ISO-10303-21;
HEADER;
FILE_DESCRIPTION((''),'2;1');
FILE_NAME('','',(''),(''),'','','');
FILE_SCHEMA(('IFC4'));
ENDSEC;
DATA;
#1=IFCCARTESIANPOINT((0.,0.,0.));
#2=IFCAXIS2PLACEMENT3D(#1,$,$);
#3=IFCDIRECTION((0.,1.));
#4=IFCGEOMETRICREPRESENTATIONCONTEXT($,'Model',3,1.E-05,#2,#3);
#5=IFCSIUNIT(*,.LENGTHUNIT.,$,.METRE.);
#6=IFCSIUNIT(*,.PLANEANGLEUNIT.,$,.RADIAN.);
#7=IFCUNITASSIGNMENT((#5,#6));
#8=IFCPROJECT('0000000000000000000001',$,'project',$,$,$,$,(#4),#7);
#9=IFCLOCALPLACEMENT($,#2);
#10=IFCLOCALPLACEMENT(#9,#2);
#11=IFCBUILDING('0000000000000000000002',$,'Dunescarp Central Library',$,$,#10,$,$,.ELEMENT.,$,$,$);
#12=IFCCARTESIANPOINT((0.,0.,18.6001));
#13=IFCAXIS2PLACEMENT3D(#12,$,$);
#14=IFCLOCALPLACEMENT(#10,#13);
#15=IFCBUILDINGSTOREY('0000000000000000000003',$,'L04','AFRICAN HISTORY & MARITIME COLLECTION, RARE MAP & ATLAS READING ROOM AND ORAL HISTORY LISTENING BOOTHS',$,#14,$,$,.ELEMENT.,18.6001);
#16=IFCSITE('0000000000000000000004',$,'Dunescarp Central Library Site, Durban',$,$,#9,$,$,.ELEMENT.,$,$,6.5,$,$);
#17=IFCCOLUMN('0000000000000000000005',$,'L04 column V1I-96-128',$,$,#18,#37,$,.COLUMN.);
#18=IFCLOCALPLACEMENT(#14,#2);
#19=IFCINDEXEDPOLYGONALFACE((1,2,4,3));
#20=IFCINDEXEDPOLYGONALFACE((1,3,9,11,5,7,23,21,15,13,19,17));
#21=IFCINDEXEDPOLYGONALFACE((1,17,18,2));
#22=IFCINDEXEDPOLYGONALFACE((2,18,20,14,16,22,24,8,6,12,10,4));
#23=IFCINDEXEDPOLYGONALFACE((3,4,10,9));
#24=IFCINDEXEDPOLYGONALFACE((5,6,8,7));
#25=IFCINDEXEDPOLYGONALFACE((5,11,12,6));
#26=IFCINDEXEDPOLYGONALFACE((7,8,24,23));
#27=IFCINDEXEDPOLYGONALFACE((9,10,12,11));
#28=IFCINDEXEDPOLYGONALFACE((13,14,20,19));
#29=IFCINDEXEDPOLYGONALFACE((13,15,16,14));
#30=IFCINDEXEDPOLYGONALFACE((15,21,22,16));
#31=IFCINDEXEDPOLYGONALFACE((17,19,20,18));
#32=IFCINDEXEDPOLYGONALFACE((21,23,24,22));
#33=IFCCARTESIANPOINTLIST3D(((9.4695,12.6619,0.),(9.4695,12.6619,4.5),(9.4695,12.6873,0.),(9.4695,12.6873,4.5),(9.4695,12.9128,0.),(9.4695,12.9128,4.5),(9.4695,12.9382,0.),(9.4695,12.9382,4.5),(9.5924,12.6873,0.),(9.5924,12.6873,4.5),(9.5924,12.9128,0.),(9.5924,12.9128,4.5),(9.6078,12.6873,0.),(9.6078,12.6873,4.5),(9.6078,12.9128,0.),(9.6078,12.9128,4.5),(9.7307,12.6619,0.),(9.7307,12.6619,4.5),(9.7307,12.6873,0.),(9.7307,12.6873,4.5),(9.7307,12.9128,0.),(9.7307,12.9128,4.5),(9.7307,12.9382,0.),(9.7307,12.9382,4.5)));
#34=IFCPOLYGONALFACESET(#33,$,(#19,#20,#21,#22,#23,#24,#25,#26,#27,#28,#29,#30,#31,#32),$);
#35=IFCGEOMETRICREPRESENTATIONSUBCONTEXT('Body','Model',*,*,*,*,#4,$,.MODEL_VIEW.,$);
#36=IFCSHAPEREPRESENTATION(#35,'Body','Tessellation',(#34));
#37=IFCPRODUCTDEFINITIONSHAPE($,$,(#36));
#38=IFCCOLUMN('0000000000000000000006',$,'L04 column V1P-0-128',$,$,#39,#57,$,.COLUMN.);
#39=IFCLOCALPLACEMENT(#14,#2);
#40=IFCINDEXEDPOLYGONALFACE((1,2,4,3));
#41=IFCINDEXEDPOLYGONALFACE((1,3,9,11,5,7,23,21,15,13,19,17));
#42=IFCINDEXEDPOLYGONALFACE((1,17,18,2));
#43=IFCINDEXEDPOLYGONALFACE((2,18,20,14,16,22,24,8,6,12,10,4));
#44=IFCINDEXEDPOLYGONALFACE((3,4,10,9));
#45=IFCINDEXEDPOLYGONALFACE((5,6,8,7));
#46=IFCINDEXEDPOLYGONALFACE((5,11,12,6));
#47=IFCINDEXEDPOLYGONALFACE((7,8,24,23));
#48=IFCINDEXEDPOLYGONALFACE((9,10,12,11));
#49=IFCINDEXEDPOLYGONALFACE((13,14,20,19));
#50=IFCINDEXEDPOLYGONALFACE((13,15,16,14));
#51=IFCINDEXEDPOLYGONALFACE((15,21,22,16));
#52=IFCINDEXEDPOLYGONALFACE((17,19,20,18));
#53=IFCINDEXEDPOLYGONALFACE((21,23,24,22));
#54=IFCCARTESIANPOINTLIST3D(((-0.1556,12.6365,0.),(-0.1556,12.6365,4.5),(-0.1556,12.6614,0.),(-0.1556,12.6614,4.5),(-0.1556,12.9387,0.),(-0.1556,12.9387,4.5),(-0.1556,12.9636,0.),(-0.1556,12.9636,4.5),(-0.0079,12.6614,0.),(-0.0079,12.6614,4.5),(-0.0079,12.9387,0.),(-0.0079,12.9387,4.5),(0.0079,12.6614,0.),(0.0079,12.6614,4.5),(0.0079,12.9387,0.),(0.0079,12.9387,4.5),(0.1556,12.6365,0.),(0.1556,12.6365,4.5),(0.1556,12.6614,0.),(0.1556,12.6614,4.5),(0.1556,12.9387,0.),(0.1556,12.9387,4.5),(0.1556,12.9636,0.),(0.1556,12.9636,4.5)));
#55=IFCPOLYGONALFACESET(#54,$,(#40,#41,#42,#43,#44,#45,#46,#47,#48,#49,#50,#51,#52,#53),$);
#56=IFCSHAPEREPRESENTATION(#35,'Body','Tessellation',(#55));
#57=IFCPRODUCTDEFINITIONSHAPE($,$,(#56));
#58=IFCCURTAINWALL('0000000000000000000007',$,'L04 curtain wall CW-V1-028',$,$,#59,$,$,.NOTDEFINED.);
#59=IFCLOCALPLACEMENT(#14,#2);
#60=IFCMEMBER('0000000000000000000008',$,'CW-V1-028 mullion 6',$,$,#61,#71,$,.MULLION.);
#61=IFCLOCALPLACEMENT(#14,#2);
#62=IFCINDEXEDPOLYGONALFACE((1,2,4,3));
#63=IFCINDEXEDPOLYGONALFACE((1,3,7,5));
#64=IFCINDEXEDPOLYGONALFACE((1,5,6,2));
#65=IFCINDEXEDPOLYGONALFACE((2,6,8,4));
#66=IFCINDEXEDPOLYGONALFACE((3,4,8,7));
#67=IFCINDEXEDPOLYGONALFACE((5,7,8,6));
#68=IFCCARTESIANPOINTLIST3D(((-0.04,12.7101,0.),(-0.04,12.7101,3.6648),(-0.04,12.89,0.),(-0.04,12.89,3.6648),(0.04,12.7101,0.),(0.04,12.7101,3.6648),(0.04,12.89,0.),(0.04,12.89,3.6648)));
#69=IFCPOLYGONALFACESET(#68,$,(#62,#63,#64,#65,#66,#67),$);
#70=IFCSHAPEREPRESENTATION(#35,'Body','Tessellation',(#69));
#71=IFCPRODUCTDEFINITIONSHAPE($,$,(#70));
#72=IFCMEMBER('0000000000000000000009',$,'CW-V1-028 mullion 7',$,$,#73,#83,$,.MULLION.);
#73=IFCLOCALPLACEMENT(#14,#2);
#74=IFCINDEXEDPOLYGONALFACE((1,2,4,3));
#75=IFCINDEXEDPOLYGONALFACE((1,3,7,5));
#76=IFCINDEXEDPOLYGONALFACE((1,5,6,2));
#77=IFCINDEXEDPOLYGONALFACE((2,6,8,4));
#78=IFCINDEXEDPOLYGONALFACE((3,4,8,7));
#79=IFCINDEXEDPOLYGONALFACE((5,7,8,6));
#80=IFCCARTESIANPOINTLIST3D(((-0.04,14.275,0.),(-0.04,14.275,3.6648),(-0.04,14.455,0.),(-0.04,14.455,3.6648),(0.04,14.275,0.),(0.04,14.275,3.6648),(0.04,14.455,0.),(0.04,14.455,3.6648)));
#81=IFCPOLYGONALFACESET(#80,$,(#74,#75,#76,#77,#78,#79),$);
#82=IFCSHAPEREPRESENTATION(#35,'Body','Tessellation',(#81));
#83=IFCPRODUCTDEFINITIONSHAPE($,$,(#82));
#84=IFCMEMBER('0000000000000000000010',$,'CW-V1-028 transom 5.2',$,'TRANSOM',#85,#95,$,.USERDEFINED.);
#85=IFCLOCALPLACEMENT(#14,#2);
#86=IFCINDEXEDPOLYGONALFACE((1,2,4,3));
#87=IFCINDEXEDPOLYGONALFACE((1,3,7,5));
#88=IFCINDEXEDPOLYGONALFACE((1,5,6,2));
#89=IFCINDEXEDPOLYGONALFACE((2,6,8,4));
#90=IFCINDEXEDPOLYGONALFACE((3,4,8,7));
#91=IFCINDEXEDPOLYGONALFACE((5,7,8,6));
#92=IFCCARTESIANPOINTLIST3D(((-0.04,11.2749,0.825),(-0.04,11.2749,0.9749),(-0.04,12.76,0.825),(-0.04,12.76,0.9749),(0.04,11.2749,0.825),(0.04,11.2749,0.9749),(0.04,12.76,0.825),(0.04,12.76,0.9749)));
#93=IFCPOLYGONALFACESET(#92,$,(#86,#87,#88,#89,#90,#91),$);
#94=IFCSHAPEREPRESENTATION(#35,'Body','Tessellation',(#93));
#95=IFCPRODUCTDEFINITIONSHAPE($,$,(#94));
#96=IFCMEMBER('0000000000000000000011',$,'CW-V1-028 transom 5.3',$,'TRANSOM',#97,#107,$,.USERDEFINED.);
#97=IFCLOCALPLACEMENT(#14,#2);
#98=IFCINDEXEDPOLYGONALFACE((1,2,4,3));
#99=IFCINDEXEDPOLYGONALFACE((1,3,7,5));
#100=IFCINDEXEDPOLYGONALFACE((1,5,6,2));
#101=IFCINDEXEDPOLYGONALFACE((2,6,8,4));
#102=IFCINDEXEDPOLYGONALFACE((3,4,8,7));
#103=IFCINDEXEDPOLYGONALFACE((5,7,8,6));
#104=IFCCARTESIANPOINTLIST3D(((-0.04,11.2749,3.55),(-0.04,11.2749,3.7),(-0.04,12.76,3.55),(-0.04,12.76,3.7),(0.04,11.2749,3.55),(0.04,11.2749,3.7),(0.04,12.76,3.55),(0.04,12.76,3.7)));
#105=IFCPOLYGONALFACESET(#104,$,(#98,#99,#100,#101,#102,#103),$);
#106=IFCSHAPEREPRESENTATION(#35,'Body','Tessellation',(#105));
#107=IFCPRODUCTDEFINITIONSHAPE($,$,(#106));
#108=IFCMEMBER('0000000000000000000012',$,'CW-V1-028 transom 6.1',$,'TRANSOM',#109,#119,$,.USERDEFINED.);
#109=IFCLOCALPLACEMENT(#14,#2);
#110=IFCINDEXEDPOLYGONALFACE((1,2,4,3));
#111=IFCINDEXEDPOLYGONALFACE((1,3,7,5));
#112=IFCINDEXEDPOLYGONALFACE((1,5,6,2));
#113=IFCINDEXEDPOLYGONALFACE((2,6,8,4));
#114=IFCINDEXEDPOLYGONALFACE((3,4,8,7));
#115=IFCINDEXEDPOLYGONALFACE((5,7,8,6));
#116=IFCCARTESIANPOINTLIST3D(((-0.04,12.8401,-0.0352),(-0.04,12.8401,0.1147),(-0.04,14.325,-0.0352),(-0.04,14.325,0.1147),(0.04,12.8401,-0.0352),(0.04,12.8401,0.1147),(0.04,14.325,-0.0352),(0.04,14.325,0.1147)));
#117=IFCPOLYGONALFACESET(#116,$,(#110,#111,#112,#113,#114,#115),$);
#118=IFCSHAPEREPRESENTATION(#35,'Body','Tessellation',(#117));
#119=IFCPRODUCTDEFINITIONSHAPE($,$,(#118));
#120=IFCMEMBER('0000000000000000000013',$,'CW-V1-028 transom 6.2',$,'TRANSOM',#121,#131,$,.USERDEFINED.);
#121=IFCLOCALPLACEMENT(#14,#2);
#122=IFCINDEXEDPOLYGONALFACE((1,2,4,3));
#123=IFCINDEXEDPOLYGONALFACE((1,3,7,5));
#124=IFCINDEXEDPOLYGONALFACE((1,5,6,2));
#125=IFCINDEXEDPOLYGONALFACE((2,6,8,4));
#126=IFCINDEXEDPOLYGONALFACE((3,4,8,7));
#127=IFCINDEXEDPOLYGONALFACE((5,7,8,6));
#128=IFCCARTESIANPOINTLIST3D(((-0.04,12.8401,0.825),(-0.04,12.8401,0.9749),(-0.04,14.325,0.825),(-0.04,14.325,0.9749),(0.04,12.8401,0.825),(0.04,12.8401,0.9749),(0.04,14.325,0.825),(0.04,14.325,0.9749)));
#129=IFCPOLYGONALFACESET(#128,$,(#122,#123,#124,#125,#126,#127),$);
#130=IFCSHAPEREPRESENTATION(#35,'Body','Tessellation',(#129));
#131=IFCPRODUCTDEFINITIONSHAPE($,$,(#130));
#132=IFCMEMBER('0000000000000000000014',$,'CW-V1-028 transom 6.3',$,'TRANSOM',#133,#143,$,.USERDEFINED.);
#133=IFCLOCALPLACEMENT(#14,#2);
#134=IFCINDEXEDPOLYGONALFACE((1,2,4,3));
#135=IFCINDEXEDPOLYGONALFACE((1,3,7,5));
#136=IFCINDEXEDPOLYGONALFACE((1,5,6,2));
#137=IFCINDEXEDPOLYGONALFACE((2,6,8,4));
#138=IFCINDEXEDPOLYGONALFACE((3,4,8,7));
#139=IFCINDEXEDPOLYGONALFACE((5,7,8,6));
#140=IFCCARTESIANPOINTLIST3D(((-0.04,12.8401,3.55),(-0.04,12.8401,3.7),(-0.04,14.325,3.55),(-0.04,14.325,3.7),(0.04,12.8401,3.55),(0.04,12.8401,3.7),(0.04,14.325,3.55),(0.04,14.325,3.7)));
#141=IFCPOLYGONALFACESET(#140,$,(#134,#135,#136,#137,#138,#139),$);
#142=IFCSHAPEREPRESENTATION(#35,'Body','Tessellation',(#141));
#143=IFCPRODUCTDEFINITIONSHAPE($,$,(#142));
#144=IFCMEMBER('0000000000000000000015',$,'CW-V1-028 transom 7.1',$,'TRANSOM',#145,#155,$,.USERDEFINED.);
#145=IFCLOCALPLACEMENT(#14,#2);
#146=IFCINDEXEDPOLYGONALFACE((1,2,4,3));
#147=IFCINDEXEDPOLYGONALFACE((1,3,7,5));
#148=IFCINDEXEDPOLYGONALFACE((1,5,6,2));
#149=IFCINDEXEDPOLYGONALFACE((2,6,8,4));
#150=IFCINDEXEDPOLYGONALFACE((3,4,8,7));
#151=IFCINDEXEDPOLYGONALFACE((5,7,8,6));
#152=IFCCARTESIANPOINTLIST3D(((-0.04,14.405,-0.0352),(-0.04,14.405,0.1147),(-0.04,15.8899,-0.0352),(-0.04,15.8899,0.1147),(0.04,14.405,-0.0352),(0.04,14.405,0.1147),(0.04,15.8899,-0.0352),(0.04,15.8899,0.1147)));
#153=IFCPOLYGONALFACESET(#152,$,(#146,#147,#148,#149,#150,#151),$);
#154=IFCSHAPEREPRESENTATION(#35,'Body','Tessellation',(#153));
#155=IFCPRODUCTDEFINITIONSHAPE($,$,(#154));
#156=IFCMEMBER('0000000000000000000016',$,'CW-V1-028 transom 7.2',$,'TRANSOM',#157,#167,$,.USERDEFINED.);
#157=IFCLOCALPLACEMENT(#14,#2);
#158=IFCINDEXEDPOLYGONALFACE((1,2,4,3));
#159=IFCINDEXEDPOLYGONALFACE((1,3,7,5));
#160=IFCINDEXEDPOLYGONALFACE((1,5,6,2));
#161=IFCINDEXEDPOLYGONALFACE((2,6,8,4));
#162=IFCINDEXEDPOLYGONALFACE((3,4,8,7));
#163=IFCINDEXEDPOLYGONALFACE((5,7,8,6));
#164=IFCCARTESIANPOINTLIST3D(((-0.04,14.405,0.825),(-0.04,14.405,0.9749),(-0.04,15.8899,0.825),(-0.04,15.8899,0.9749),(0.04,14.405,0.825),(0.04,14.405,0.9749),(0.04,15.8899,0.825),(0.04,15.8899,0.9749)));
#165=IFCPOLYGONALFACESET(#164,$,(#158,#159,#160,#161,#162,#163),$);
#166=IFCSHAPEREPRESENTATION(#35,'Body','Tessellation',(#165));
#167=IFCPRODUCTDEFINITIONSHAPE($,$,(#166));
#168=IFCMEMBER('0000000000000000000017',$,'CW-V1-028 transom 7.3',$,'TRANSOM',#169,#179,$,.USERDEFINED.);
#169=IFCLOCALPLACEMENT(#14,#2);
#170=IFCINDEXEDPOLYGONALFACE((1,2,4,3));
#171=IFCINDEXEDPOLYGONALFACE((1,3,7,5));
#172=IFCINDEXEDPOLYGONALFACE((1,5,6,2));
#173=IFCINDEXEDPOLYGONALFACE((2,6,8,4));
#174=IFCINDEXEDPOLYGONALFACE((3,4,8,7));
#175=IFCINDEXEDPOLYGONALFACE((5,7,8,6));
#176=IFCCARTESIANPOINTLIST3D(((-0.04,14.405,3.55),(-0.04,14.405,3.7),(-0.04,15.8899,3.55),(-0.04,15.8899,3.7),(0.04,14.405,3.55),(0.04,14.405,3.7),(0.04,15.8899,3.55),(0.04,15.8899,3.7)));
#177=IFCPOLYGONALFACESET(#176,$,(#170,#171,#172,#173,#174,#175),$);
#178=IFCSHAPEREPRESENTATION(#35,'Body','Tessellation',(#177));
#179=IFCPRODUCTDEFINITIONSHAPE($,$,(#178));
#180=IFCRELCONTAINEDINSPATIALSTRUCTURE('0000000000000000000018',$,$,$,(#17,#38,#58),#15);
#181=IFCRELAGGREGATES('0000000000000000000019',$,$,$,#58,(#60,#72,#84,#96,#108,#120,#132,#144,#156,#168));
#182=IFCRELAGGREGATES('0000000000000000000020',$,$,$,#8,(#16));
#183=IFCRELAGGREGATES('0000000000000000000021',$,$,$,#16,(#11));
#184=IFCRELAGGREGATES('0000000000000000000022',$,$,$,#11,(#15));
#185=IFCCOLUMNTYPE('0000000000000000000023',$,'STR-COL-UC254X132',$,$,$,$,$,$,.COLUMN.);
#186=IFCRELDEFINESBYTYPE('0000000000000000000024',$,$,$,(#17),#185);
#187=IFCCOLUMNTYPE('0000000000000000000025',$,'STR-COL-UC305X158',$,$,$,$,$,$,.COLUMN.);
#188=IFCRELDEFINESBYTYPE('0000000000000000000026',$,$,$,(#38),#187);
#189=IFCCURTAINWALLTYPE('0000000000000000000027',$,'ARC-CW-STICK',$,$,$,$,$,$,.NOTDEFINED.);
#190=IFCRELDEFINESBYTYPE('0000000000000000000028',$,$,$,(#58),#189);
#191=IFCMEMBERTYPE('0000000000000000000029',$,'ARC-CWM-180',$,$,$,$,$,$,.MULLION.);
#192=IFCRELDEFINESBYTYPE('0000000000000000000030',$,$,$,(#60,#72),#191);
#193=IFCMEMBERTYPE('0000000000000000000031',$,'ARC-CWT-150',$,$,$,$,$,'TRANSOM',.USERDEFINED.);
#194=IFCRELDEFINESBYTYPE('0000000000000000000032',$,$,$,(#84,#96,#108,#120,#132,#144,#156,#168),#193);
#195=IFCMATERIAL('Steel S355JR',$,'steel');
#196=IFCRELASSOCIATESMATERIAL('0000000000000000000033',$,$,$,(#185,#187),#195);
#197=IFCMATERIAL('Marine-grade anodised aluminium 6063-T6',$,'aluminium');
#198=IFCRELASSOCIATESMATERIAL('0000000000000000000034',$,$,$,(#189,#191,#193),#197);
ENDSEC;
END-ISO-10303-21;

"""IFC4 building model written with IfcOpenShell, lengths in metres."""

from ifc_helpers import new_model, si_unit, direction, frame, origin, origin_2d, place, context, subcontext, project, spatial, rectangle, i_section, extrude, material, material_profile, profile_set, type_object, element, aggregate, save


model = new_model("IFC4")

# Units and contexts
model_context = context("Model", 3, precision=1e-05, world=origin(), true_north=direction((0.0, 1.0)))
body_context = subcontext(model_context, "Body", "Model", "MODEL_VIEW")
ifc_project = project(units=[si_unit("LENGTHUNIT", "METRE"), si_unit("PLANEANGLEUNIT", "RADIAN")], contexts=[model_context])

# Site, building, storey
site_placement = place(None, origin())
site = spatial("IfcSite", under=ifc_project, at=site_placement, Name="Dunescarp Central Library Site, Durban", CompositionType="ELEMENT", RefElevation=6.5)
building_placement = place(site_placement, origin())
building = spatial("IfcBuilding", under=site, at=building_placement, Name="Dunescarp Central Library", CompositionType="ELEMENT")
storey_placement = place(building_placement, frame((0.0, 0.0, 18.6001)))
storey = spatial("IfcBuildingStorey", under=building, at=storey_placement, Name="L04", Description="AFRICAN HISTORY & MARITIME COLLECTION, RARE MAP & ATLAS READING ROOM AND ORAL HISTORY LISTENING BOOTHS", CompositionType="ELEMENT", Elevation=18.6001)

# Columns
ifc_material_1 = material(Name="Steel S355JR", Category="steel")
ifc_material_profile_1 = material_profile(ifc_material_1, i_section(OverallWidth=0.2612, OverallDepth=0.2764, WebThickness=0.0154, FlangeThickness=0.0254, at=origin_2d()), Name="UC 254x254x132")
ifc_profile_set_1 = profile_set([ifc_material_profile_1], Name="Steel S355JR")
column_type_1 = type_object("IfcColumnType", Name="STR-COL-UC254X132", PredefinedType="COLUMN", material=ifc_profile_set_1)
column_1_placement = place(storey_placement, frame((9.6001, 12.8, 0.0), z_axis=(0.0, 0.0, 1.0), x_axis=(1.0, 0.0, 0.0)))
element("IfcColumn", 1, at=column_1_placement, inside=storey, type_object=column_type_1, Name="L04 column V1I-96-128", PredefinedType="COLUMN", context=body_context, shape_type="SweptSolid", body=[
    extrude(i_section(OverallWidth=0.2612, OverallDepth=0.2764, WebThickness=0.0154, FlangeThickness=0.0254, at=origin_2d()), origin(), (0.0, 0.0, 1.0), 4.5),
])
ifc_material_profile_2 = material_profile(ifc_material_1, i_section(OverallWidth=0.3113, OverallDepth=0.3271, WebThickness=0.0159, FlangeThickness=0.0249, at=origin_2d()), Name="UC 305x305x158")
ifc_profile_set_2 = profile_set([ifc_material_profile_2], Name="Steel S355JR")
column_type_2 = type_object("IfcColumnType", Name="STR-COL-UC305X158", PredefinedType="COLUMN", material=ifc_profile_set_2)
column_2_placement = place(storey_placement, frame((0.0, 12.8, 0.0), z_axis=(0.0, 0.0, 1.0), x_axis=(1.0, 0.0, 0.0)))
element("IfcColumn", 2, at=column_2_placement, inside=storey, type_object=column_type_2, Name="L04 column V1P-0-128", PredefinedType="COLUMN", context=body_context, shape_type="SweptSolid", body=[
    extrude(i_section(OverallWidth=0.3113, OverallDepth=0.3271, WebThickness=0.0159, FlangeThickness=0.0249, at=origin_2d()), origin(), (0.0, 0.0, 1.0), 4.5),
])

# Curtain wall, members
ifc_material_2 = material(Name="Marine-grade anodised aluminium 6063-T6", Category="aluminium")
curtain_wall_type = type_object("IfcCurtainWallType", Name="ARC-CW-STICK", PredefinedType="NOTDEFINED", material=ifc_material_2)
curtain_wall_placement = place(storey_placement, origin())
curtain_wall = element("IfcCurtainWall", 3, at=curtain_wall_placement, inside=storey, type_object=curtain_wall_type, Name="L04 curtain wall CW-V1-028", PredefinedType="NOTDEFINED")
ifc_material_profile_3 = material_profile(ifc_material_2, rectangle(XDim=0.0801, YDim=0.1799, at=origin_2d()), Name="AL 80x180")
ifc_profile_set_3 = profile_set([ifc_material_profile_3], Name="Marine-grade anodised aluminium 6063-T6")
member_type_1 = type_object("IfcMemberType", Name="ARC-CWM-180", PredefinedType="MULLION", material=ifc_profile_set_3)
member_1_placement = place(storey_placement, frame((0.0, 12.8, 0.0), z_axis=(0.0, 0.0, 1.0), x_axis=(-1.0, 0.0, 0.0)))
member_1 = element("IfcMember", 4, at=member_1_placement, type_object=member_type_1, Name="CW-V1-028 mullion 6", PredefinedType="MULLION", context=body_context, shape_type="SweptSolid", body=[
    extrude(rectangle(XDim=0.0801, YDim=0.1799, at=origin_2d()), origin(), (0.0, 0.0, 1.0), 3.6648),
])
member_2_placement = place(storey_placement, frame((0.0, 14.365, 0.0), z_axis=(0.0, 0.0, 1.0), x_axis=(-1.0, 0.0, 0.0)))
member_2 = element("IfcMember", 5, at=member_2_placement, type_object=member_type_1, Name="CW-V1-028 mullion 7", PredefinedType="MULLION", context=body_context, shape_type="SweptSolid", body=[
    extrude(rectangle(XDim=0.0801, YDim=0.1799, at=origin_2d()), origin(), (0.0, 0.0, 1.0), 3.6648),
])
ifc_material_profile_4 = material_profile(ifc_material_2, rectangle(XDim=0.0801, YDim=0.1499, at=origin_2d()), Name="AL 80x150")
ifc_profile_set_4 = profile_set([ifc_material_profile_4], Name="Marine-grade anodised aluminium 6063-T6")
member_type_2 = type_object("IfcMemberType", Name="ARC-CWT-150", ElementType="TRANSOM", PredefinedType="USERDEFINED", material=ifc_profile_set_4)
member_3_placement = place(storey_placement, frame((0.0, 11.2749, 0.8999), z_axis=(0.0, 1.0, 0.0), x_axis=(-1.0, 0.0, 0.0)))
member_3 = element("IfcMember", 6, at=member_3_placement, type_object=member_type_2, Name="CW-V1-028 transom 5.2", ObjectType="TRANSOM", PredefinedType="USERDEFINED", context=body_context, shape_type="SweptSolid", body=[
    extrude(rectangle(XDim=0.0801, YDim=0.1499, at=origin_2d()), origin(), (0.0, 0.0, 1.0), 1.4851),
])
member_4_placement = place(storey_placement, frame((0.0, 11.2749, 3.625), z_axis=(0.0, 1.0, 0.0), x_axis=(-1.0, 0.0, 0.0)))
member_4 = element("IfcMember", 7, at=member_4_placement, type_object=member_type_2, Name="CW-V1-028 transom 5.3", ObjectType="TRANSOM", PredefinedType="USERDEFINED", context=body_context, shape_type="SweptSolid", body=[
    extrude(rectangle(XDim=0.0801, YDim=0.1499, at=origin_2d()), origin(), (0.0, 0.0, 1.0), 1.4851),
])
member_5_placement = place(storey_placement, frame((0.0, 12.8401, 0.0398), z_axis=(0.0, 1.0, 0.0), x_axis=(-1.0, 0.0, 0.0)))
member_5 = element("IfcMember", 8, at=member_5_placement, type_object=member_type_2, Name="CW-V1-028 transom 6.1", ObjectType="TRANSOM", PredefinedType="USERDEFINED", context=body_context, shape_type="SweptSolid", body=[
    extrude(rectangle(XDim=0.0801, YDim=0.1499, at=origin_2d()), origin(), (0.0, 0.0, 1.0), 1.4849),
])
member_6_placement = place(storey_placement, frame((0.0, 12.8401, 0.8999), z_axis=(0.0, 1.0, 0.0), x_axis=(-1.0, 0.0, 0.0)))
member_6 = element("IfcMember", 9, at=member_6_placement, type_object=member_type_2, Name="CW-V1-028 transom 6.2", ObjectType="TRANSOM", PredefinedType="USERDEFINED", context=body_context, shape_type="SweptSolid", body=[
    extrude(rectangle(XDim=0.0801, YDim=0.1499, at=origin_2d()), origin(), (0.0, 0.0, 1.0), 1.4849),
])
member_7_placement = place(storey_placement, frame((0.0, 12.8401, 3.625), z_axis=(0.0, 1.0, 0.0), x_axis=(-1.0, 0.0, 0.0)))
member_7 = element("IfcMember", 10, at=member_7_placement, type_object=member_type_2, Name="CW-V1-028 transom 6.3", ObjectType="TRANSOM", PredefinedType="USERDEFINED", context=body_context, shape_type="SweptSolid", body=[
    extrude(rectangle(XDim=0.0801, YDim=0.1499, at=origin_2d()), origin(), (0.0, 0.0, 1.0), 1.4849),
])
member_8_placement = place(storey_placement, frame((0.0, 14.405, 0.0398), z_axis=(0.0, 1.0, 0.0), x_axis=(-1.0, 0.0, 0.0)))
member_8 = element("IfcMember", 11, at=member_8_placement, type_object=member_type_2, Name="CW-V1-028 transom 7.1", ObjectType="TRANSOM", PredefinedType="USERDEFINED", context=body_context, shape_type="SweptSolid", body=[
    extrude(rectangle(XDim=0.0801, YDim=0.1499, at=origin_2d()), origin(), (0.0, 0.0, 1.0), 1.4849),
])
member_9_placement = place(storey_placement, frame((0.0, 14.405, 0.8999), z_axis=(0.0, 1.0, 0.0), x_axis=(-1.0, 0.0, 0.0)))
member_9 = element("IfcMember", 12, at=member_9_placement, type_object=member_type_2, Name="CW-V1-028 transom 7.2", ObjectType="TRANSOM", PredefinedType="USERDEFINED", context=body_context, shape_type="SweptSolid", body=[
    extrude(rectangle(XDim=0.0801, YDim=0.1499, at=origin_2d()), origin(), (0.0, 0.0, 1.0), 1.4849),
])
member_10_placement = place(storey_placement, frame((0.0, 14.405, 3.625), z_axis=(0.0, 1.0, 0.0), x_axis=(-1.0, 0.0, 0.0)))
member_10 = element("IfcMember", 13, at=member_10_placement, type_object=member_type_2, Name="CW-V1-028 transom 7.3", ObjectType="TRANSOM", PredefinedType="USERDEFINED", context=body_context, shape_type="SweptSolid", body=[
    extrude(rectangle(XDim=0.0801, YDim=0.1499, at=origin_2d()), origin(), (0.0, 0.0, 1.0), 1.4849),
])

aggregate(curtain_wall, [member_1, member_2, member_3, member_4, member_5, member_6, member_7, member_8, member_9, member_10])

save(model, "model.ifc")
